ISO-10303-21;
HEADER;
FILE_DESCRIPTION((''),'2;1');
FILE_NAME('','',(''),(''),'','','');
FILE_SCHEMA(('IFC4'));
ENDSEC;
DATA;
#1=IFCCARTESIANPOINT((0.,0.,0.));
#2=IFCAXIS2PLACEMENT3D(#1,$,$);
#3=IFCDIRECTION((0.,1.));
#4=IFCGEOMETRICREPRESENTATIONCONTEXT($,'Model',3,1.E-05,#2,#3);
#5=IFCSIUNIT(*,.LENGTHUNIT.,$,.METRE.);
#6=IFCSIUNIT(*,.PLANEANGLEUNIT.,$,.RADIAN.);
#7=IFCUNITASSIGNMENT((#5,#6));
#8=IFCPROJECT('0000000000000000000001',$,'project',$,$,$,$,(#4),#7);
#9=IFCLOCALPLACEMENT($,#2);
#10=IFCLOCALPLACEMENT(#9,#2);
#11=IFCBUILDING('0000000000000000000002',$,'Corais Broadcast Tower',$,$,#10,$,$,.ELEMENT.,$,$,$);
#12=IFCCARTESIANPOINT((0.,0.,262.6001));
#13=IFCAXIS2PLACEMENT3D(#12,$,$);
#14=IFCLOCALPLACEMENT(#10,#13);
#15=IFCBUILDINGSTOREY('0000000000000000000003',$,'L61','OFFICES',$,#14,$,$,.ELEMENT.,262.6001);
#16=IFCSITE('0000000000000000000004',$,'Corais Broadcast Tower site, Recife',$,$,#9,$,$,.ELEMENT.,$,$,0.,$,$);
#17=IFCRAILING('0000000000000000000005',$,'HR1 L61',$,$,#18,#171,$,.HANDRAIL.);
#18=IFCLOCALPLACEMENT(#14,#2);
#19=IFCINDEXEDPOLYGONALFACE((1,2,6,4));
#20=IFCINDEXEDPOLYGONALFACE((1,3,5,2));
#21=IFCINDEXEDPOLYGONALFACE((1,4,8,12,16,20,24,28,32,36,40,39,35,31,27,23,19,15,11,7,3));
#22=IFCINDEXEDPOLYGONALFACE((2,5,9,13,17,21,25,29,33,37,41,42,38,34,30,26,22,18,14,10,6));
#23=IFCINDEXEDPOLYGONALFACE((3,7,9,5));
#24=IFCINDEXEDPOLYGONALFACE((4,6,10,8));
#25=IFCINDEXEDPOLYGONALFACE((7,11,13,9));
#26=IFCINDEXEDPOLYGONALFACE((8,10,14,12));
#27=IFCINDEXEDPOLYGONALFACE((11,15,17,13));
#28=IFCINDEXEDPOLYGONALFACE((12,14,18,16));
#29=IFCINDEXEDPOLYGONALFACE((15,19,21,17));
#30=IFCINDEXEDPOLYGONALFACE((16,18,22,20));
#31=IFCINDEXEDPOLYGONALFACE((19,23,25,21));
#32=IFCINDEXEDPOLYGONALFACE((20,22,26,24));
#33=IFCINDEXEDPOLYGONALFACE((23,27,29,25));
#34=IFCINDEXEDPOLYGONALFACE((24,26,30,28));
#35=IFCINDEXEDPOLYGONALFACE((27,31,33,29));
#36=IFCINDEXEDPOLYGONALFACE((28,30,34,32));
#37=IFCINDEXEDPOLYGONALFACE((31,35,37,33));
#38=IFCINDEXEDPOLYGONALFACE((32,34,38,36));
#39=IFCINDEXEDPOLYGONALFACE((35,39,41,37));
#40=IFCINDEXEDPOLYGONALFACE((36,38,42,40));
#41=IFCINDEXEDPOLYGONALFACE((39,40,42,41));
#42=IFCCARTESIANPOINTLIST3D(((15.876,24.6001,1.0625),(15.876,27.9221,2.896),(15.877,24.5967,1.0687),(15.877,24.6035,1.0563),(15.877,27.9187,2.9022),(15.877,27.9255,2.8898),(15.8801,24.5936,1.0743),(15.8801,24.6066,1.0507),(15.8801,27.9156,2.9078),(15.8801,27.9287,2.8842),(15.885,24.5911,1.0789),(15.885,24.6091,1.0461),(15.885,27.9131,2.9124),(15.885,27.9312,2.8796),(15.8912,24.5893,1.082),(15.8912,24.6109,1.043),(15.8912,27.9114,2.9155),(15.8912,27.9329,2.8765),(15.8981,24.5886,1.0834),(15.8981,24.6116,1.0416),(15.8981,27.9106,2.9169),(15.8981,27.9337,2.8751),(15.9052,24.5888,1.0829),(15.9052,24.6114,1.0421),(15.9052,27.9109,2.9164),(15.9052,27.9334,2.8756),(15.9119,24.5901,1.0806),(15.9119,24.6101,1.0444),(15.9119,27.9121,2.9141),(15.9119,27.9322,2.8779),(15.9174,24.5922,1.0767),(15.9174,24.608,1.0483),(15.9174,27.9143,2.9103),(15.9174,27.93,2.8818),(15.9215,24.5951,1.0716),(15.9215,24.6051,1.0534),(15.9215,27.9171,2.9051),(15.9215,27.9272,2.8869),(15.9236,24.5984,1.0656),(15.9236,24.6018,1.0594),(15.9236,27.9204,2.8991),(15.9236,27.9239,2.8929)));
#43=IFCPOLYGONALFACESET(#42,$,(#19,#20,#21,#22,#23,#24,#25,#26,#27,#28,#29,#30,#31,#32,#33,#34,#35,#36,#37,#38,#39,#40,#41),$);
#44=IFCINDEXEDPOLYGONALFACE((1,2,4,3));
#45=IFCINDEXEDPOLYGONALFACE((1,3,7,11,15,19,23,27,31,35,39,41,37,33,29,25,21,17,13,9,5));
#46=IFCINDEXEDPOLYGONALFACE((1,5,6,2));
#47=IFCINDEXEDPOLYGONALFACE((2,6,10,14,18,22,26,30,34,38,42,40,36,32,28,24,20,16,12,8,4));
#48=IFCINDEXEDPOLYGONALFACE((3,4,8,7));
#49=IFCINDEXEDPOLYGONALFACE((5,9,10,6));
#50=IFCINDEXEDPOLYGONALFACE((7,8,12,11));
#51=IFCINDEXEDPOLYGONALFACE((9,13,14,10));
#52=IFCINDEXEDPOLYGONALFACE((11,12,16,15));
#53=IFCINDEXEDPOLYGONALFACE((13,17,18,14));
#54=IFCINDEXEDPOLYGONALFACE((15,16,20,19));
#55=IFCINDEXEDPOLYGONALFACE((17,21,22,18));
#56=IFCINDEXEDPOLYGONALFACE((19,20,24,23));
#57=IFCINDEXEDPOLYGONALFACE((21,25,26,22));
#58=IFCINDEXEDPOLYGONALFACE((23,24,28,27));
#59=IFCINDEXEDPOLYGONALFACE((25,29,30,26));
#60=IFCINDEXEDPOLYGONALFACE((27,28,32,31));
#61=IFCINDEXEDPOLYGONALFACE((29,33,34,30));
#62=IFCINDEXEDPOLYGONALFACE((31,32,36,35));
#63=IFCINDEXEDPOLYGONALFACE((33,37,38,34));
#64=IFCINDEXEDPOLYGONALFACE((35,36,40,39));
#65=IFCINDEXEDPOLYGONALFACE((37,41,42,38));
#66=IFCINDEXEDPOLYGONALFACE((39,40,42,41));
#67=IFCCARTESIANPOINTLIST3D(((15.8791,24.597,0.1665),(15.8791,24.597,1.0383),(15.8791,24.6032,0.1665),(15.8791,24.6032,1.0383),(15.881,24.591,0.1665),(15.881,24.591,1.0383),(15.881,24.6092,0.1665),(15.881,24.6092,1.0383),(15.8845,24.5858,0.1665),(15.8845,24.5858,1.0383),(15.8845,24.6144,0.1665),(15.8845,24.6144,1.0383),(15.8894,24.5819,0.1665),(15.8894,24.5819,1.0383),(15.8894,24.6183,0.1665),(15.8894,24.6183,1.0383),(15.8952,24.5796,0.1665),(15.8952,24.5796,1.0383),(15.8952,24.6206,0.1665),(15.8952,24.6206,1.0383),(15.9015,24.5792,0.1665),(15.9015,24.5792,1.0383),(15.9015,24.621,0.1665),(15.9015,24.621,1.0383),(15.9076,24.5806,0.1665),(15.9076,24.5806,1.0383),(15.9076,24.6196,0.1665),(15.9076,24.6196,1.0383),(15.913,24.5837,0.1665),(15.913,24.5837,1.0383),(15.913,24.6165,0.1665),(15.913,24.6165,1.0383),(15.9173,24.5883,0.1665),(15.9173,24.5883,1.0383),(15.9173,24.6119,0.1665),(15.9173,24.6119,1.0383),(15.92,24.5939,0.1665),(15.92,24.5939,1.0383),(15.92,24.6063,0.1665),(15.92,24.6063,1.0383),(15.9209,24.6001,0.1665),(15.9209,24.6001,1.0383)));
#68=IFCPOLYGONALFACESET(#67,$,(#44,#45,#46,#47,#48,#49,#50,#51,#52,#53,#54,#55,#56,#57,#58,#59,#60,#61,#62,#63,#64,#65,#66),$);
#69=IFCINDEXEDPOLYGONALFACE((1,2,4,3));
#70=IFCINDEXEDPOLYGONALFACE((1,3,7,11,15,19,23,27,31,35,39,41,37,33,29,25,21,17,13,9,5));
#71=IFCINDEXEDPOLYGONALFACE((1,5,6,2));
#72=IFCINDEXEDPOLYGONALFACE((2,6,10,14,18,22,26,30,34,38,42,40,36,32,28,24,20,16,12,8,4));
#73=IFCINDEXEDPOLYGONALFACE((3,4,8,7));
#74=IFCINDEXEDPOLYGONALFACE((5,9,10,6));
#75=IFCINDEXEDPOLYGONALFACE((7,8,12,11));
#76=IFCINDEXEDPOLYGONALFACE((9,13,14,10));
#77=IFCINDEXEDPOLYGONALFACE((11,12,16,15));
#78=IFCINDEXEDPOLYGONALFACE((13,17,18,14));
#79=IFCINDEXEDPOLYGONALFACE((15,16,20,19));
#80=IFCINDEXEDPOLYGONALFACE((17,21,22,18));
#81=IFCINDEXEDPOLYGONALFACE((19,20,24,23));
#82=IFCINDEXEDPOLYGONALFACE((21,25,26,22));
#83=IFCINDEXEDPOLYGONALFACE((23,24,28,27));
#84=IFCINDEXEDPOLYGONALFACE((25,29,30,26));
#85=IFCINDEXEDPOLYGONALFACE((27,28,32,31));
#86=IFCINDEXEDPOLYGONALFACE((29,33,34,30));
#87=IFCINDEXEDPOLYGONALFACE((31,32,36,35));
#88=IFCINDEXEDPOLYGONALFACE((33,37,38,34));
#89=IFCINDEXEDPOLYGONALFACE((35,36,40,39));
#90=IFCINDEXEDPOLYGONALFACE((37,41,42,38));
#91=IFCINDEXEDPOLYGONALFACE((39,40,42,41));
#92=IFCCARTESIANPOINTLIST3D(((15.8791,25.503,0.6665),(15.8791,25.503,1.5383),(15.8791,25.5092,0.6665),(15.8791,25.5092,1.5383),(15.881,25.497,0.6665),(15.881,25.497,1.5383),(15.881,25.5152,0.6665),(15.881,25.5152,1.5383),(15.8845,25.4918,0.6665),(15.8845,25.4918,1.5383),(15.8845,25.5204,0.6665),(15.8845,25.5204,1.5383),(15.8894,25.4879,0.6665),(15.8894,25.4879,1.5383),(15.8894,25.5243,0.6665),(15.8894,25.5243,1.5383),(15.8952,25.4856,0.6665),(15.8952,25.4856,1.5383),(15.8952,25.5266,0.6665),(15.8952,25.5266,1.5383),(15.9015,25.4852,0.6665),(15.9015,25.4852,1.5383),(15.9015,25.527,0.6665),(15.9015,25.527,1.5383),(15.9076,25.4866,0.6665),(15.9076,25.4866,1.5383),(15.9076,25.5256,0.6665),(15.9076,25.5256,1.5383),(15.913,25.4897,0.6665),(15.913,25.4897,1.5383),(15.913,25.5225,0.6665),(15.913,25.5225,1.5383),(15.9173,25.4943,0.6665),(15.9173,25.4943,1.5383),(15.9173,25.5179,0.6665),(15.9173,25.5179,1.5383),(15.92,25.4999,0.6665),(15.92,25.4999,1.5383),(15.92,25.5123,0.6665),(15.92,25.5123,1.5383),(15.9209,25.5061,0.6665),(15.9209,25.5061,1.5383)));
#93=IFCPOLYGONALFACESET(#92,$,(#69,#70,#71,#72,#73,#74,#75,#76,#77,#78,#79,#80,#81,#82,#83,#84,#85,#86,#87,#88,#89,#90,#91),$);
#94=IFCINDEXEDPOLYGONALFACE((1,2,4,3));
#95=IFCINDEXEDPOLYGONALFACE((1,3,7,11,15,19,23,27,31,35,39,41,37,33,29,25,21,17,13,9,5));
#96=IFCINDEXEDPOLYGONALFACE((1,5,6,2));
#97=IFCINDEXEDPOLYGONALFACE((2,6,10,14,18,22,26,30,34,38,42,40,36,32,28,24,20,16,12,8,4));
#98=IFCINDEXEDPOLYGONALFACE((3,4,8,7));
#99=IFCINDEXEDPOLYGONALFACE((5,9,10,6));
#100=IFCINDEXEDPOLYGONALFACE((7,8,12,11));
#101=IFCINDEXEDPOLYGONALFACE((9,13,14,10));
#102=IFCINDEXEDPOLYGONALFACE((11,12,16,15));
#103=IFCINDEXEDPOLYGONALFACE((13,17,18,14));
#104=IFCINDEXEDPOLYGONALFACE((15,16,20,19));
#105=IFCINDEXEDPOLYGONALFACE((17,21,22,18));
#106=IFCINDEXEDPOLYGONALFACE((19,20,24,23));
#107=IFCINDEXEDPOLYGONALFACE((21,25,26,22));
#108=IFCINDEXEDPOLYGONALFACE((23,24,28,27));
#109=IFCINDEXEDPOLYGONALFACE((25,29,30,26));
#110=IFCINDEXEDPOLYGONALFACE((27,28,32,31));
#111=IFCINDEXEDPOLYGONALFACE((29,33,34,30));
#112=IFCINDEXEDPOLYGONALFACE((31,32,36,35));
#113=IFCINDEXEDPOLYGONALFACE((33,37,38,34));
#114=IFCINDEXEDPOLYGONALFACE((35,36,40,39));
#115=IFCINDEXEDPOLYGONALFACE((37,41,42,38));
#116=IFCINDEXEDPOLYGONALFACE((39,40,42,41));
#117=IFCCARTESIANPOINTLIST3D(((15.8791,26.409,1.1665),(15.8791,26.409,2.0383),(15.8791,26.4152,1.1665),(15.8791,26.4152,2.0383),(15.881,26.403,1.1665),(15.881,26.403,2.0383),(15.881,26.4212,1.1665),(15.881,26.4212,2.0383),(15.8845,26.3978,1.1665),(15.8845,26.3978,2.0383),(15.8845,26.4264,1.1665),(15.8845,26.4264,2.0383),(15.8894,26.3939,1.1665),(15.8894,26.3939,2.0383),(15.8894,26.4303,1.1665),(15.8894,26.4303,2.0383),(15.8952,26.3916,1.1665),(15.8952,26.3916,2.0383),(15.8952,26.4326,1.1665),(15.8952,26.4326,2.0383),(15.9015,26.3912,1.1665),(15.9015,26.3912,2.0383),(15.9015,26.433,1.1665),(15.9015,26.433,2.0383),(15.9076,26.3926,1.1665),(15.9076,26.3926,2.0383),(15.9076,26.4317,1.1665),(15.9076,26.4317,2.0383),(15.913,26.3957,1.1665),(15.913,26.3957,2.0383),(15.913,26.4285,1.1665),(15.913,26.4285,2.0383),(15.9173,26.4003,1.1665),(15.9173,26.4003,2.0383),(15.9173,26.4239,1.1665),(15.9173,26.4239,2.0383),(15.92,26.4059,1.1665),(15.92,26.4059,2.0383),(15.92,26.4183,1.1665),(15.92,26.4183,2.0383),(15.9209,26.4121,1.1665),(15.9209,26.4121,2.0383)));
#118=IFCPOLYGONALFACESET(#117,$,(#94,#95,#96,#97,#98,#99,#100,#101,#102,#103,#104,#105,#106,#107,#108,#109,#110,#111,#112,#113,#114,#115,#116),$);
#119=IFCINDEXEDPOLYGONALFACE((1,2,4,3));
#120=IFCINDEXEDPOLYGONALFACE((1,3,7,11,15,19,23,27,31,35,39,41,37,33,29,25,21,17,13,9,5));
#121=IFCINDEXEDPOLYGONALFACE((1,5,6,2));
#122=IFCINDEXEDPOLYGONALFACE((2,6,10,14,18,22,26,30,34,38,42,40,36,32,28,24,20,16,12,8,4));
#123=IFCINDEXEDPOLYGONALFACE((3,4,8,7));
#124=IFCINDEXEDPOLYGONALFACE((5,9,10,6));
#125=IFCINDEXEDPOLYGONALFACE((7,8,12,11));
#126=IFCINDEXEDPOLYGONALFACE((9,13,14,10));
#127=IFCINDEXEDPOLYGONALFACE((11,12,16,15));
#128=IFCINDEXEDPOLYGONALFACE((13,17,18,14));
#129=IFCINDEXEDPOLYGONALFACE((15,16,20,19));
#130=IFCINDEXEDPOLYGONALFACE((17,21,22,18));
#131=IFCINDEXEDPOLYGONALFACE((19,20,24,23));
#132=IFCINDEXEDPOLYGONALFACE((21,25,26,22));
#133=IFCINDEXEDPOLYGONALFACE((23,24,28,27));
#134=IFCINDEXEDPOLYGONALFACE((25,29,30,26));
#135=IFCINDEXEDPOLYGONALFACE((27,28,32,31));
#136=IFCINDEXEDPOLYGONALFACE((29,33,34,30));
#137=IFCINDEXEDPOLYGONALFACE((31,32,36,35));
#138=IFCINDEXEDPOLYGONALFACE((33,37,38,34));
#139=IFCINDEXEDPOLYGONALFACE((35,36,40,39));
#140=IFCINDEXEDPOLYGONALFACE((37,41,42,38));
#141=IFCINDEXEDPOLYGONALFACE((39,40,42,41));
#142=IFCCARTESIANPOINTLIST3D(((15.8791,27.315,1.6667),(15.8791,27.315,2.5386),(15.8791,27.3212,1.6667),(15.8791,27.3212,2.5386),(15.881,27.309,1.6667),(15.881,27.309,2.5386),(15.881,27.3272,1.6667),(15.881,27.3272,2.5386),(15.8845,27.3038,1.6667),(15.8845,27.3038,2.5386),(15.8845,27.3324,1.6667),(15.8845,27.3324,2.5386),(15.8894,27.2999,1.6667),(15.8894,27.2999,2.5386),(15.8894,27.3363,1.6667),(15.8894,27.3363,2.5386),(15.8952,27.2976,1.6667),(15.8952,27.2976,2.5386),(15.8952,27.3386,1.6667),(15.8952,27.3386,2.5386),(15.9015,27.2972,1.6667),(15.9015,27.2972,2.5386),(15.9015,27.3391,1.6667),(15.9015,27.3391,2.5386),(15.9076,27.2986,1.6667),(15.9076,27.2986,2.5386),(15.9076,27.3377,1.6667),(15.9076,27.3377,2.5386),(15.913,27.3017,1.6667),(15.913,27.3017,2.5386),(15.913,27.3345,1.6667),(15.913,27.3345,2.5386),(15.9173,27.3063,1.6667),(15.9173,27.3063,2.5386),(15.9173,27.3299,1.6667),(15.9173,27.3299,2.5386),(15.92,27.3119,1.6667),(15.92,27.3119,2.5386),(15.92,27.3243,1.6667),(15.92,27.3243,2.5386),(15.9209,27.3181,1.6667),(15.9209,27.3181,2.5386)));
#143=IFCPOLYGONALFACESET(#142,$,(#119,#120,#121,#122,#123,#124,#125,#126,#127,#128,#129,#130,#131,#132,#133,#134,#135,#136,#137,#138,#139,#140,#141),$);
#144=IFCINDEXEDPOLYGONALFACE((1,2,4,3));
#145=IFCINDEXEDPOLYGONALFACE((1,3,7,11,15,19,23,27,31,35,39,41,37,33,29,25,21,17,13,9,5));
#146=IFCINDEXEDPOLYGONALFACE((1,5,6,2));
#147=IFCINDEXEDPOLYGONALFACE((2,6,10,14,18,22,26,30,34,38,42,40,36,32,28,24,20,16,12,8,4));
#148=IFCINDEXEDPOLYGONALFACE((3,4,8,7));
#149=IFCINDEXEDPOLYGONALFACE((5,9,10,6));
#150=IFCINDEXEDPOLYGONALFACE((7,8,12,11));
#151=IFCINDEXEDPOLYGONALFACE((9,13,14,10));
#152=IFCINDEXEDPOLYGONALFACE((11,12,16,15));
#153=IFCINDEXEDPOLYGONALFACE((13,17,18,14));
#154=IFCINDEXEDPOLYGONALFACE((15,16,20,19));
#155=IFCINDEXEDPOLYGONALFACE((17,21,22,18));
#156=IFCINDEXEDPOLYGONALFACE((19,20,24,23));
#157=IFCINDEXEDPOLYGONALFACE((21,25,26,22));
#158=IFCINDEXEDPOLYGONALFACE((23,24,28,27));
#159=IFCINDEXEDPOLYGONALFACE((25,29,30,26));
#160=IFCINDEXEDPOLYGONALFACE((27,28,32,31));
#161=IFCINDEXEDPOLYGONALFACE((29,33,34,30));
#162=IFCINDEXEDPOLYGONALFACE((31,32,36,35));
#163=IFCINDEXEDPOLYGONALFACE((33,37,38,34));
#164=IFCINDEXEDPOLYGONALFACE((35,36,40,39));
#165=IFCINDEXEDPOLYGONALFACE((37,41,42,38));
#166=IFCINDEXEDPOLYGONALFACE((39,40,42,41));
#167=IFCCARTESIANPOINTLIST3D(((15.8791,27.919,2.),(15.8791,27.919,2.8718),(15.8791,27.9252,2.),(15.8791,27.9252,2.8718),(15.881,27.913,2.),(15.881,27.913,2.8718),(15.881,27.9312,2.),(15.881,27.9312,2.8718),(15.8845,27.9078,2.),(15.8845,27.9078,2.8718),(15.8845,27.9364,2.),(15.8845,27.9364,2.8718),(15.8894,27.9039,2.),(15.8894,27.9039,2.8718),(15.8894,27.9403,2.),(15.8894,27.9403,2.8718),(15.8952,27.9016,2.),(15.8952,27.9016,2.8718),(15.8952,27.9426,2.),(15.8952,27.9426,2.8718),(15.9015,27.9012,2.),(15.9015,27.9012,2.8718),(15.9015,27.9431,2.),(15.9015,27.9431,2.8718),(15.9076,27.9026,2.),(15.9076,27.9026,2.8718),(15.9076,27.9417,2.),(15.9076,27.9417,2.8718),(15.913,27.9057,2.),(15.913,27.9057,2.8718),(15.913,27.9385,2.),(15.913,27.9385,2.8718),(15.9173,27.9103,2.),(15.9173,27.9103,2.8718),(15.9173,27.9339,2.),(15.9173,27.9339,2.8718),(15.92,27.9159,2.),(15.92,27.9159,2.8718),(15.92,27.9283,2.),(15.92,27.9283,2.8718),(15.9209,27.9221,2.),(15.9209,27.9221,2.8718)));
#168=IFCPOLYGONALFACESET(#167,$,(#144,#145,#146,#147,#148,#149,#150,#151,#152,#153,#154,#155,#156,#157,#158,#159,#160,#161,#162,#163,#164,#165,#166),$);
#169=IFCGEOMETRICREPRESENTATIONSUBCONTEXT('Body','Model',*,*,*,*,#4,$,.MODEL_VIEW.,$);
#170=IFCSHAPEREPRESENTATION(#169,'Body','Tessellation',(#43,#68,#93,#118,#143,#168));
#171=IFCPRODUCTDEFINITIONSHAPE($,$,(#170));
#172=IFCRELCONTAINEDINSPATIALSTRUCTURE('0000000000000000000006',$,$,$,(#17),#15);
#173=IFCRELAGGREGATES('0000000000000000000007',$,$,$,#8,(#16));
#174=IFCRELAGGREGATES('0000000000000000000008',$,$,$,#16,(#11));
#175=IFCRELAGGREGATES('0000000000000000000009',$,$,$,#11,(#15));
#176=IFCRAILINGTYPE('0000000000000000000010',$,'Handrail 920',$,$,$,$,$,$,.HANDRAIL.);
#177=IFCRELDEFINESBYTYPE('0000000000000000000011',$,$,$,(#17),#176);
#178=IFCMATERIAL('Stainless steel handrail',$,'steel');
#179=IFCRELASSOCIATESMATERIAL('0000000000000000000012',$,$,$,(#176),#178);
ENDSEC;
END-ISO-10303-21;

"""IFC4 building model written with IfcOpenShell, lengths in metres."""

from ifc_helpers import new_model, si_unit, direction, frame, origin, origin_2d, place, context, subcontext, project, spatial, circle, extrude, material, type_object, element, save


model = new_model("IFC4")

# Units and contexts
model_context = context("Model", 3, precision=1e-05, world=origin(), true_north=direction((0.0, 1.0)))
body_context = subcontext(model_context, "Body", "Model", "MODEL_VIEW")
ifc_project = project(units=[si_unit("LENGTHUNIT", "METRE"), si_unit("PLANEANGLEUNIT", "RADIAN")], contexts=[model_context])

# Site, building, storey
site_placement = place(None, origin())
site = spatial("IfcSite", under=ifc_project, at=site_placement, Name="Corais Broadcast Tower site, Recife", CompositionType="ELEMENT", RefElevation=0.0)
building_placement = place(site_placement, origin())
building = spatial("IfcBuilding", under=site, at=building_placement, Name="Corais Broadcast Tower", CompositionType="ELEMENT")
storey_placement = place(building_placement, frame((0.0, 0.0, 262.6001)))
storey = spatial("IfcBuildingStorey", under=building, at=storey_placement, Name="L61", Description="OFFICES", CompositionType="ELEMENT", Elevation=262.6001)

# Railing
ifc_material_1 = material(Name="Stainless steel handrail", Category="steel")
railing_type = type_object("IfcRailingType", Name="Handrail 920", PredefinedType="HANDRAIL", material=ifc_material_1)
for number, where, name in (
    (1, (15.8999, 24.6001, 0.1665), "HR1 L61"),
):
    element("IfcRailing", number, at=place(storey_placement, frame(where)), inside=storey, type_object=railing_type, Name=name, PredefinedType="HANDRAIL", context=body_context, shape_type="SweptSolid", body=[
        extrude(circle(Radius=0.0239, at=origin_2d()), frame((0.0, 0.0, 0.896), z_axis=(0.0, 0.875504, 0.48321), x_axis=(-1.0, 0.0, 0.0)), (0.0, 0.0, 1.0), 3.7944),
        extrude(circle(Radius=0.021, at=origin_2d()), origin(), (0.0, 0.0, 1.0), 0.8718),
        extrude(circle(Radius=0.021, at=origin_2d()), frame((0.0, 0.906, 0.5)), (0.0, 0.0, 1.0), 0.8718),
        extrude(circle(Radius=0.021, at=origin_2d()), frame((0.0, 1.812, 1.0)), (0.0, 0.0, 1.0), 0.8718),
        extrude(circle(Radius=0.021, at=origin_2d()), frame((0.0, 2.718, 1.5002)), (0.0, 0.0, 1.0), 0.8718),
        extrude(circle(Radius=0.021, at=origin_2d()), frame((0.0, 3.322, 1.8335)), (0.0, 0.0, 1.0), 0.8718),
    ])

save(model, "model.ifc")
